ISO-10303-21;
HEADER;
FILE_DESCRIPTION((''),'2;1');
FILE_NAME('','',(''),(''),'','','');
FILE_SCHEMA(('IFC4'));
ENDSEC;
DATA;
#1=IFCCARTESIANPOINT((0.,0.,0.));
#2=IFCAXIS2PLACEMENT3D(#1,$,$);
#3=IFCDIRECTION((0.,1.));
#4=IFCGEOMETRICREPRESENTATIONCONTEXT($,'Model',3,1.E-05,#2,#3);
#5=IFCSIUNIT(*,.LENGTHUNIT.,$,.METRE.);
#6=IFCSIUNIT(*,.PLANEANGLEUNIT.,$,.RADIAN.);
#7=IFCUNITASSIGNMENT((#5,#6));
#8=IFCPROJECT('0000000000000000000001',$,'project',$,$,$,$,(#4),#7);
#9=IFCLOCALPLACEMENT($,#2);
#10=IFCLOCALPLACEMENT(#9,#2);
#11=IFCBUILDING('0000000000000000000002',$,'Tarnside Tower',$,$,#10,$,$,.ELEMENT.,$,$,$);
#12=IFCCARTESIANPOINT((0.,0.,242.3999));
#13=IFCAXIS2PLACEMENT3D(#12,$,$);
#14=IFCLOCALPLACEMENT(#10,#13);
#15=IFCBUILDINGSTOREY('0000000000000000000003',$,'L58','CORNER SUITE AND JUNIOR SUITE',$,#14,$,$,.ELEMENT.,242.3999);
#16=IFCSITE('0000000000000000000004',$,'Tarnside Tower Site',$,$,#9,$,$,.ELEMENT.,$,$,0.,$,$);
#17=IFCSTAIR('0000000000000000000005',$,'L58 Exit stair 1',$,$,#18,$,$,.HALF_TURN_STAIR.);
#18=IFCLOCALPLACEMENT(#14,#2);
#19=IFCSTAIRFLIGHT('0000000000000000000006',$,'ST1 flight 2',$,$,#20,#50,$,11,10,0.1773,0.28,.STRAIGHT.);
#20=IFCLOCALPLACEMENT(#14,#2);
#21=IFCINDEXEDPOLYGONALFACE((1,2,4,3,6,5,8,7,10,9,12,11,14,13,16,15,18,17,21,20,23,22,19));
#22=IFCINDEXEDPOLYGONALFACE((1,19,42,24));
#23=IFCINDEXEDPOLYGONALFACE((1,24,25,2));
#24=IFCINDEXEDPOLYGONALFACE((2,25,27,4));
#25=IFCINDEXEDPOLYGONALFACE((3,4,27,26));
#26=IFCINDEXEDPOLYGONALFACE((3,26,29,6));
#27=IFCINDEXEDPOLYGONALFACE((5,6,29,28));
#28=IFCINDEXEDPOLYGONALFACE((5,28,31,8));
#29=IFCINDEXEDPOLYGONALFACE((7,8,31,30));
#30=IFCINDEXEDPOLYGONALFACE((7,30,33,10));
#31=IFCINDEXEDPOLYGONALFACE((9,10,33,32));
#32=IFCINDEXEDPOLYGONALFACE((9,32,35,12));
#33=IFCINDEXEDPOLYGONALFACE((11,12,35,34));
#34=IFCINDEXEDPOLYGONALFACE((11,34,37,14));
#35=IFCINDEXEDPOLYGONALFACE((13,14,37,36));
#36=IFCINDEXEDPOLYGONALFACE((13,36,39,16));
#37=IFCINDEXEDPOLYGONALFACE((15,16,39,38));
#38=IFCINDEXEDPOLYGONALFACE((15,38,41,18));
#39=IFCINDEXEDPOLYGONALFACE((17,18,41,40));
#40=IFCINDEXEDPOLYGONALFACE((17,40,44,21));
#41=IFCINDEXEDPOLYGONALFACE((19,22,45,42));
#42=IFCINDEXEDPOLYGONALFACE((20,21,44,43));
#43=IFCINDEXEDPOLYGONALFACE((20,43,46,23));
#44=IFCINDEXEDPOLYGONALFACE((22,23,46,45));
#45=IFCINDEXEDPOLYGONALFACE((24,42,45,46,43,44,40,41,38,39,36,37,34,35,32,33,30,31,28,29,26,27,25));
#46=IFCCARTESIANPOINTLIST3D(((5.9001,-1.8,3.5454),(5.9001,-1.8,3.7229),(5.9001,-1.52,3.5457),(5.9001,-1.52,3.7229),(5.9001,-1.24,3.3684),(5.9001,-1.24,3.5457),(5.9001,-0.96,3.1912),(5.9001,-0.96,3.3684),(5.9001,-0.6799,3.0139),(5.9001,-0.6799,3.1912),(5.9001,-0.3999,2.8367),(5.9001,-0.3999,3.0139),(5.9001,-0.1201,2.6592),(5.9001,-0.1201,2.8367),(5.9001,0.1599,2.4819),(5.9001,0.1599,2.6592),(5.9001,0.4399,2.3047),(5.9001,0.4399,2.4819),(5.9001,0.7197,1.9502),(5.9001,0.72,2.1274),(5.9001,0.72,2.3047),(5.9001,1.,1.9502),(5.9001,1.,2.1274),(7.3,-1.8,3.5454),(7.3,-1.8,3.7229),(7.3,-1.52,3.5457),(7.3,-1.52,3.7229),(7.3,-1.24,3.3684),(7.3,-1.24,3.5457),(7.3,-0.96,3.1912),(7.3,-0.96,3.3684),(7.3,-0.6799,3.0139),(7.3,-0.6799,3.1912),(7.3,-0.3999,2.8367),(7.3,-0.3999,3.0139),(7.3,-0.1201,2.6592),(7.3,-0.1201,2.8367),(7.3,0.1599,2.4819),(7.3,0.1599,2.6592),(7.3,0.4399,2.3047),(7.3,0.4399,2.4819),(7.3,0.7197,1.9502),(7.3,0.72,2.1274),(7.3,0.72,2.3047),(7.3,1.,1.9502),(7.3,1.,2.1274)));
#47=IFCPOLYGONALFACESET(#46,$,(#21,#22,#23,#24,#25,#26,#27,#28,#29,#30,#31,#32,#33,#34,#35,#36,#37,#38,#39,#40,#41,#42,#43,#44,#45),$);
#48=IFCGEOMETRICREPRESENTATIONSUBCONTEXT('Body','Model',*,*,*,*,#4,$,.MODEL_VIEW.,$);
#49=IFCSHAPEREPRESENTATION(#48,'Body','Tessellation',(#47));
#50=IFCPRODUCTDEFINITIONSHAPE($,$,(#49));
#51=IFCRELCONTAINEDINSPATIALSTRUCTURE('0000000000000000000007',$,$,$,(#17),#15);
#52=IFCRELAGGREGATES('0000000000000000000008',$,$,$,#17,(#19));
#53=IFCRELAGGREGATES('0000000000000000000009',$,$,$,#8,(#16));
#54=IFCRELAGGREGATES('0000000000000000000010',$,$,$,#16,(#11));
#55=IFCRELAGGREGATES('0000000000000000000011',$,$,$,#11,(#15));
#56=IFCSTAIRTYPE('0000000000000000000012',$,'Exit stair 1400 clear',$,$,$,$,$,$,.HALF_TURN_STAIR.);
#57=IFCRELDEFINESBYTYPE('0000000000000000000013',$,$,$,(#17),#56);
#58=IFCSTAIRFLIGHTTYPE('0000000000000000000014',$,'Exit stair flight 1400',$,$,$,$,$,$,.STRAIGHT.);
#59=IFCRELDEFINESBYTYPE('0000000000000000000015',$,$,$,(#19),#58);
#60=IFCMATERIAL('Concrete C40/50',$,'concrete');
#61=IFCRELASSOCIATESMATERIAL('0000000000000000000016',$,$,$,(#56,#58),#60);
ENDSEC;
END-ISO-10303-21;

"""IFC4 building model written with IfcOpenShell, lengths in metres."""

from ifc_helpers import new_model, si_unit, direction, frame, origin, place, context, subcontext, project, spatial, polyline, outline, extrude, material, type_object, element, aggregate, save


model = new_model("IFC4")

# Units and contexts
model_context = context("Model", 3, precision=1e-05, world=origin(), true_north=direction((0.0, 1.0)))
body_context = subcontext(model_context, "Body", "Model", "MODEL_VIEW")
ifc_project = project(units=[si_unit("LENGTHUNIT", "METRE"), si_unit("PLANEANGLEUNIT", "RADIAN")], contexts=[model_context])

# Site, building, storey
site_placement = place(None, origin())
site = spatial("IfcSite", under=ifc_project, at=site_placement, Name="Tarnside Tower Site", CompositionType="ELEMENT", RefElevation=0.0)
building_placement = place(site_placement, origin())
building = spatial("IfcBuilding", under=site, at=building_placement, Name="Tarnside Tower", CompositionType="ELEMENT")
storey_placement = place(building_placement, frame((0.0, 0.0, 242.3999)))
storey = spatial("IfcBuildingStorey", under=building, at=storey_placement, Name="L58", Description="CORNER SUITE AND JUNIOR SUITE", CompositionType="ELEMENT", Elevation=242.3999)

# Shared definitions
ifc_material_1 = material(Name="Concrete C40/50", Category="concrete")

# Stair, stair flight
stair_type = type_object("IfcStairType", Name="Exit stair 1400 clear", PredefinedType="HALF_TURN_STAIR", material=ifc_material_1)
stair_placement = place(storey_placement, origin())
stair = element("IfcStair", 1, at=stair_placement, inside=storey, type_object=stair_type, Name="L58 Exit stair 1", PredefinedType="HALF_TURN_STAIR")
stair_flight_type = type_object("IfcStairFlightType", Name="Exit stair flight 1400", PredefinedType="STRAIGHT", material=ifc_material_1)
stair_flight_placement = place(storey_placement, frame((6.6001, 1.0, 1.9502), z_axis=(0.0, 0.0, 1.0), x_axis=(0.0, -1.0, 0.0)))
stair_flight = element("IfcStairFlight", 2, at=stair_flight_placement, type_object=stair_flight_type, Name="ST1 flight 2", NumberOfRisers=11, NumberOfTreads=10, PredefinedType="STRAIGHT", RiserHeight=0.1773, TreadLength=0.28, context=body_context, shape_type="SweptSolid", body=[
    extrude(outline(polyline([(0.0, 0.0), (0.0, 0.1772), (0.28, 0.1772), (0.28, 0.3545), (0.5601, 0.3545), (0.5601, 0.5317), (0.8401, 0.5317), (0.8401, 0.709), (1.1201, 0.709), (1.1201, 0.8865), (1.3999, 0.8865), (1.3999, 1.0637), (1.6799, 1.0637), (1.6799, 1.241), (1.96, 1.241), (1.96, 1.4182), (2.24, 1.4182), (2.24, 1.5955), (2.52, 1.5955), (2.52, 1.7727), (2.8, 1.7727), (2.8, 1.95), (2.8, 1.5952), (0.2803, 0.0), (0.0, 0.0)])), frame((0.0, 0.7, 0.0), z_axis=(0.0, -1.0, 0.0), x_axis=(1.0, 0.0, 0.0)), (0.0, 0.0, 1.0), 1.3999),
])
aggregate(stair, [stair_flight])

save(model, "model.ifc")
